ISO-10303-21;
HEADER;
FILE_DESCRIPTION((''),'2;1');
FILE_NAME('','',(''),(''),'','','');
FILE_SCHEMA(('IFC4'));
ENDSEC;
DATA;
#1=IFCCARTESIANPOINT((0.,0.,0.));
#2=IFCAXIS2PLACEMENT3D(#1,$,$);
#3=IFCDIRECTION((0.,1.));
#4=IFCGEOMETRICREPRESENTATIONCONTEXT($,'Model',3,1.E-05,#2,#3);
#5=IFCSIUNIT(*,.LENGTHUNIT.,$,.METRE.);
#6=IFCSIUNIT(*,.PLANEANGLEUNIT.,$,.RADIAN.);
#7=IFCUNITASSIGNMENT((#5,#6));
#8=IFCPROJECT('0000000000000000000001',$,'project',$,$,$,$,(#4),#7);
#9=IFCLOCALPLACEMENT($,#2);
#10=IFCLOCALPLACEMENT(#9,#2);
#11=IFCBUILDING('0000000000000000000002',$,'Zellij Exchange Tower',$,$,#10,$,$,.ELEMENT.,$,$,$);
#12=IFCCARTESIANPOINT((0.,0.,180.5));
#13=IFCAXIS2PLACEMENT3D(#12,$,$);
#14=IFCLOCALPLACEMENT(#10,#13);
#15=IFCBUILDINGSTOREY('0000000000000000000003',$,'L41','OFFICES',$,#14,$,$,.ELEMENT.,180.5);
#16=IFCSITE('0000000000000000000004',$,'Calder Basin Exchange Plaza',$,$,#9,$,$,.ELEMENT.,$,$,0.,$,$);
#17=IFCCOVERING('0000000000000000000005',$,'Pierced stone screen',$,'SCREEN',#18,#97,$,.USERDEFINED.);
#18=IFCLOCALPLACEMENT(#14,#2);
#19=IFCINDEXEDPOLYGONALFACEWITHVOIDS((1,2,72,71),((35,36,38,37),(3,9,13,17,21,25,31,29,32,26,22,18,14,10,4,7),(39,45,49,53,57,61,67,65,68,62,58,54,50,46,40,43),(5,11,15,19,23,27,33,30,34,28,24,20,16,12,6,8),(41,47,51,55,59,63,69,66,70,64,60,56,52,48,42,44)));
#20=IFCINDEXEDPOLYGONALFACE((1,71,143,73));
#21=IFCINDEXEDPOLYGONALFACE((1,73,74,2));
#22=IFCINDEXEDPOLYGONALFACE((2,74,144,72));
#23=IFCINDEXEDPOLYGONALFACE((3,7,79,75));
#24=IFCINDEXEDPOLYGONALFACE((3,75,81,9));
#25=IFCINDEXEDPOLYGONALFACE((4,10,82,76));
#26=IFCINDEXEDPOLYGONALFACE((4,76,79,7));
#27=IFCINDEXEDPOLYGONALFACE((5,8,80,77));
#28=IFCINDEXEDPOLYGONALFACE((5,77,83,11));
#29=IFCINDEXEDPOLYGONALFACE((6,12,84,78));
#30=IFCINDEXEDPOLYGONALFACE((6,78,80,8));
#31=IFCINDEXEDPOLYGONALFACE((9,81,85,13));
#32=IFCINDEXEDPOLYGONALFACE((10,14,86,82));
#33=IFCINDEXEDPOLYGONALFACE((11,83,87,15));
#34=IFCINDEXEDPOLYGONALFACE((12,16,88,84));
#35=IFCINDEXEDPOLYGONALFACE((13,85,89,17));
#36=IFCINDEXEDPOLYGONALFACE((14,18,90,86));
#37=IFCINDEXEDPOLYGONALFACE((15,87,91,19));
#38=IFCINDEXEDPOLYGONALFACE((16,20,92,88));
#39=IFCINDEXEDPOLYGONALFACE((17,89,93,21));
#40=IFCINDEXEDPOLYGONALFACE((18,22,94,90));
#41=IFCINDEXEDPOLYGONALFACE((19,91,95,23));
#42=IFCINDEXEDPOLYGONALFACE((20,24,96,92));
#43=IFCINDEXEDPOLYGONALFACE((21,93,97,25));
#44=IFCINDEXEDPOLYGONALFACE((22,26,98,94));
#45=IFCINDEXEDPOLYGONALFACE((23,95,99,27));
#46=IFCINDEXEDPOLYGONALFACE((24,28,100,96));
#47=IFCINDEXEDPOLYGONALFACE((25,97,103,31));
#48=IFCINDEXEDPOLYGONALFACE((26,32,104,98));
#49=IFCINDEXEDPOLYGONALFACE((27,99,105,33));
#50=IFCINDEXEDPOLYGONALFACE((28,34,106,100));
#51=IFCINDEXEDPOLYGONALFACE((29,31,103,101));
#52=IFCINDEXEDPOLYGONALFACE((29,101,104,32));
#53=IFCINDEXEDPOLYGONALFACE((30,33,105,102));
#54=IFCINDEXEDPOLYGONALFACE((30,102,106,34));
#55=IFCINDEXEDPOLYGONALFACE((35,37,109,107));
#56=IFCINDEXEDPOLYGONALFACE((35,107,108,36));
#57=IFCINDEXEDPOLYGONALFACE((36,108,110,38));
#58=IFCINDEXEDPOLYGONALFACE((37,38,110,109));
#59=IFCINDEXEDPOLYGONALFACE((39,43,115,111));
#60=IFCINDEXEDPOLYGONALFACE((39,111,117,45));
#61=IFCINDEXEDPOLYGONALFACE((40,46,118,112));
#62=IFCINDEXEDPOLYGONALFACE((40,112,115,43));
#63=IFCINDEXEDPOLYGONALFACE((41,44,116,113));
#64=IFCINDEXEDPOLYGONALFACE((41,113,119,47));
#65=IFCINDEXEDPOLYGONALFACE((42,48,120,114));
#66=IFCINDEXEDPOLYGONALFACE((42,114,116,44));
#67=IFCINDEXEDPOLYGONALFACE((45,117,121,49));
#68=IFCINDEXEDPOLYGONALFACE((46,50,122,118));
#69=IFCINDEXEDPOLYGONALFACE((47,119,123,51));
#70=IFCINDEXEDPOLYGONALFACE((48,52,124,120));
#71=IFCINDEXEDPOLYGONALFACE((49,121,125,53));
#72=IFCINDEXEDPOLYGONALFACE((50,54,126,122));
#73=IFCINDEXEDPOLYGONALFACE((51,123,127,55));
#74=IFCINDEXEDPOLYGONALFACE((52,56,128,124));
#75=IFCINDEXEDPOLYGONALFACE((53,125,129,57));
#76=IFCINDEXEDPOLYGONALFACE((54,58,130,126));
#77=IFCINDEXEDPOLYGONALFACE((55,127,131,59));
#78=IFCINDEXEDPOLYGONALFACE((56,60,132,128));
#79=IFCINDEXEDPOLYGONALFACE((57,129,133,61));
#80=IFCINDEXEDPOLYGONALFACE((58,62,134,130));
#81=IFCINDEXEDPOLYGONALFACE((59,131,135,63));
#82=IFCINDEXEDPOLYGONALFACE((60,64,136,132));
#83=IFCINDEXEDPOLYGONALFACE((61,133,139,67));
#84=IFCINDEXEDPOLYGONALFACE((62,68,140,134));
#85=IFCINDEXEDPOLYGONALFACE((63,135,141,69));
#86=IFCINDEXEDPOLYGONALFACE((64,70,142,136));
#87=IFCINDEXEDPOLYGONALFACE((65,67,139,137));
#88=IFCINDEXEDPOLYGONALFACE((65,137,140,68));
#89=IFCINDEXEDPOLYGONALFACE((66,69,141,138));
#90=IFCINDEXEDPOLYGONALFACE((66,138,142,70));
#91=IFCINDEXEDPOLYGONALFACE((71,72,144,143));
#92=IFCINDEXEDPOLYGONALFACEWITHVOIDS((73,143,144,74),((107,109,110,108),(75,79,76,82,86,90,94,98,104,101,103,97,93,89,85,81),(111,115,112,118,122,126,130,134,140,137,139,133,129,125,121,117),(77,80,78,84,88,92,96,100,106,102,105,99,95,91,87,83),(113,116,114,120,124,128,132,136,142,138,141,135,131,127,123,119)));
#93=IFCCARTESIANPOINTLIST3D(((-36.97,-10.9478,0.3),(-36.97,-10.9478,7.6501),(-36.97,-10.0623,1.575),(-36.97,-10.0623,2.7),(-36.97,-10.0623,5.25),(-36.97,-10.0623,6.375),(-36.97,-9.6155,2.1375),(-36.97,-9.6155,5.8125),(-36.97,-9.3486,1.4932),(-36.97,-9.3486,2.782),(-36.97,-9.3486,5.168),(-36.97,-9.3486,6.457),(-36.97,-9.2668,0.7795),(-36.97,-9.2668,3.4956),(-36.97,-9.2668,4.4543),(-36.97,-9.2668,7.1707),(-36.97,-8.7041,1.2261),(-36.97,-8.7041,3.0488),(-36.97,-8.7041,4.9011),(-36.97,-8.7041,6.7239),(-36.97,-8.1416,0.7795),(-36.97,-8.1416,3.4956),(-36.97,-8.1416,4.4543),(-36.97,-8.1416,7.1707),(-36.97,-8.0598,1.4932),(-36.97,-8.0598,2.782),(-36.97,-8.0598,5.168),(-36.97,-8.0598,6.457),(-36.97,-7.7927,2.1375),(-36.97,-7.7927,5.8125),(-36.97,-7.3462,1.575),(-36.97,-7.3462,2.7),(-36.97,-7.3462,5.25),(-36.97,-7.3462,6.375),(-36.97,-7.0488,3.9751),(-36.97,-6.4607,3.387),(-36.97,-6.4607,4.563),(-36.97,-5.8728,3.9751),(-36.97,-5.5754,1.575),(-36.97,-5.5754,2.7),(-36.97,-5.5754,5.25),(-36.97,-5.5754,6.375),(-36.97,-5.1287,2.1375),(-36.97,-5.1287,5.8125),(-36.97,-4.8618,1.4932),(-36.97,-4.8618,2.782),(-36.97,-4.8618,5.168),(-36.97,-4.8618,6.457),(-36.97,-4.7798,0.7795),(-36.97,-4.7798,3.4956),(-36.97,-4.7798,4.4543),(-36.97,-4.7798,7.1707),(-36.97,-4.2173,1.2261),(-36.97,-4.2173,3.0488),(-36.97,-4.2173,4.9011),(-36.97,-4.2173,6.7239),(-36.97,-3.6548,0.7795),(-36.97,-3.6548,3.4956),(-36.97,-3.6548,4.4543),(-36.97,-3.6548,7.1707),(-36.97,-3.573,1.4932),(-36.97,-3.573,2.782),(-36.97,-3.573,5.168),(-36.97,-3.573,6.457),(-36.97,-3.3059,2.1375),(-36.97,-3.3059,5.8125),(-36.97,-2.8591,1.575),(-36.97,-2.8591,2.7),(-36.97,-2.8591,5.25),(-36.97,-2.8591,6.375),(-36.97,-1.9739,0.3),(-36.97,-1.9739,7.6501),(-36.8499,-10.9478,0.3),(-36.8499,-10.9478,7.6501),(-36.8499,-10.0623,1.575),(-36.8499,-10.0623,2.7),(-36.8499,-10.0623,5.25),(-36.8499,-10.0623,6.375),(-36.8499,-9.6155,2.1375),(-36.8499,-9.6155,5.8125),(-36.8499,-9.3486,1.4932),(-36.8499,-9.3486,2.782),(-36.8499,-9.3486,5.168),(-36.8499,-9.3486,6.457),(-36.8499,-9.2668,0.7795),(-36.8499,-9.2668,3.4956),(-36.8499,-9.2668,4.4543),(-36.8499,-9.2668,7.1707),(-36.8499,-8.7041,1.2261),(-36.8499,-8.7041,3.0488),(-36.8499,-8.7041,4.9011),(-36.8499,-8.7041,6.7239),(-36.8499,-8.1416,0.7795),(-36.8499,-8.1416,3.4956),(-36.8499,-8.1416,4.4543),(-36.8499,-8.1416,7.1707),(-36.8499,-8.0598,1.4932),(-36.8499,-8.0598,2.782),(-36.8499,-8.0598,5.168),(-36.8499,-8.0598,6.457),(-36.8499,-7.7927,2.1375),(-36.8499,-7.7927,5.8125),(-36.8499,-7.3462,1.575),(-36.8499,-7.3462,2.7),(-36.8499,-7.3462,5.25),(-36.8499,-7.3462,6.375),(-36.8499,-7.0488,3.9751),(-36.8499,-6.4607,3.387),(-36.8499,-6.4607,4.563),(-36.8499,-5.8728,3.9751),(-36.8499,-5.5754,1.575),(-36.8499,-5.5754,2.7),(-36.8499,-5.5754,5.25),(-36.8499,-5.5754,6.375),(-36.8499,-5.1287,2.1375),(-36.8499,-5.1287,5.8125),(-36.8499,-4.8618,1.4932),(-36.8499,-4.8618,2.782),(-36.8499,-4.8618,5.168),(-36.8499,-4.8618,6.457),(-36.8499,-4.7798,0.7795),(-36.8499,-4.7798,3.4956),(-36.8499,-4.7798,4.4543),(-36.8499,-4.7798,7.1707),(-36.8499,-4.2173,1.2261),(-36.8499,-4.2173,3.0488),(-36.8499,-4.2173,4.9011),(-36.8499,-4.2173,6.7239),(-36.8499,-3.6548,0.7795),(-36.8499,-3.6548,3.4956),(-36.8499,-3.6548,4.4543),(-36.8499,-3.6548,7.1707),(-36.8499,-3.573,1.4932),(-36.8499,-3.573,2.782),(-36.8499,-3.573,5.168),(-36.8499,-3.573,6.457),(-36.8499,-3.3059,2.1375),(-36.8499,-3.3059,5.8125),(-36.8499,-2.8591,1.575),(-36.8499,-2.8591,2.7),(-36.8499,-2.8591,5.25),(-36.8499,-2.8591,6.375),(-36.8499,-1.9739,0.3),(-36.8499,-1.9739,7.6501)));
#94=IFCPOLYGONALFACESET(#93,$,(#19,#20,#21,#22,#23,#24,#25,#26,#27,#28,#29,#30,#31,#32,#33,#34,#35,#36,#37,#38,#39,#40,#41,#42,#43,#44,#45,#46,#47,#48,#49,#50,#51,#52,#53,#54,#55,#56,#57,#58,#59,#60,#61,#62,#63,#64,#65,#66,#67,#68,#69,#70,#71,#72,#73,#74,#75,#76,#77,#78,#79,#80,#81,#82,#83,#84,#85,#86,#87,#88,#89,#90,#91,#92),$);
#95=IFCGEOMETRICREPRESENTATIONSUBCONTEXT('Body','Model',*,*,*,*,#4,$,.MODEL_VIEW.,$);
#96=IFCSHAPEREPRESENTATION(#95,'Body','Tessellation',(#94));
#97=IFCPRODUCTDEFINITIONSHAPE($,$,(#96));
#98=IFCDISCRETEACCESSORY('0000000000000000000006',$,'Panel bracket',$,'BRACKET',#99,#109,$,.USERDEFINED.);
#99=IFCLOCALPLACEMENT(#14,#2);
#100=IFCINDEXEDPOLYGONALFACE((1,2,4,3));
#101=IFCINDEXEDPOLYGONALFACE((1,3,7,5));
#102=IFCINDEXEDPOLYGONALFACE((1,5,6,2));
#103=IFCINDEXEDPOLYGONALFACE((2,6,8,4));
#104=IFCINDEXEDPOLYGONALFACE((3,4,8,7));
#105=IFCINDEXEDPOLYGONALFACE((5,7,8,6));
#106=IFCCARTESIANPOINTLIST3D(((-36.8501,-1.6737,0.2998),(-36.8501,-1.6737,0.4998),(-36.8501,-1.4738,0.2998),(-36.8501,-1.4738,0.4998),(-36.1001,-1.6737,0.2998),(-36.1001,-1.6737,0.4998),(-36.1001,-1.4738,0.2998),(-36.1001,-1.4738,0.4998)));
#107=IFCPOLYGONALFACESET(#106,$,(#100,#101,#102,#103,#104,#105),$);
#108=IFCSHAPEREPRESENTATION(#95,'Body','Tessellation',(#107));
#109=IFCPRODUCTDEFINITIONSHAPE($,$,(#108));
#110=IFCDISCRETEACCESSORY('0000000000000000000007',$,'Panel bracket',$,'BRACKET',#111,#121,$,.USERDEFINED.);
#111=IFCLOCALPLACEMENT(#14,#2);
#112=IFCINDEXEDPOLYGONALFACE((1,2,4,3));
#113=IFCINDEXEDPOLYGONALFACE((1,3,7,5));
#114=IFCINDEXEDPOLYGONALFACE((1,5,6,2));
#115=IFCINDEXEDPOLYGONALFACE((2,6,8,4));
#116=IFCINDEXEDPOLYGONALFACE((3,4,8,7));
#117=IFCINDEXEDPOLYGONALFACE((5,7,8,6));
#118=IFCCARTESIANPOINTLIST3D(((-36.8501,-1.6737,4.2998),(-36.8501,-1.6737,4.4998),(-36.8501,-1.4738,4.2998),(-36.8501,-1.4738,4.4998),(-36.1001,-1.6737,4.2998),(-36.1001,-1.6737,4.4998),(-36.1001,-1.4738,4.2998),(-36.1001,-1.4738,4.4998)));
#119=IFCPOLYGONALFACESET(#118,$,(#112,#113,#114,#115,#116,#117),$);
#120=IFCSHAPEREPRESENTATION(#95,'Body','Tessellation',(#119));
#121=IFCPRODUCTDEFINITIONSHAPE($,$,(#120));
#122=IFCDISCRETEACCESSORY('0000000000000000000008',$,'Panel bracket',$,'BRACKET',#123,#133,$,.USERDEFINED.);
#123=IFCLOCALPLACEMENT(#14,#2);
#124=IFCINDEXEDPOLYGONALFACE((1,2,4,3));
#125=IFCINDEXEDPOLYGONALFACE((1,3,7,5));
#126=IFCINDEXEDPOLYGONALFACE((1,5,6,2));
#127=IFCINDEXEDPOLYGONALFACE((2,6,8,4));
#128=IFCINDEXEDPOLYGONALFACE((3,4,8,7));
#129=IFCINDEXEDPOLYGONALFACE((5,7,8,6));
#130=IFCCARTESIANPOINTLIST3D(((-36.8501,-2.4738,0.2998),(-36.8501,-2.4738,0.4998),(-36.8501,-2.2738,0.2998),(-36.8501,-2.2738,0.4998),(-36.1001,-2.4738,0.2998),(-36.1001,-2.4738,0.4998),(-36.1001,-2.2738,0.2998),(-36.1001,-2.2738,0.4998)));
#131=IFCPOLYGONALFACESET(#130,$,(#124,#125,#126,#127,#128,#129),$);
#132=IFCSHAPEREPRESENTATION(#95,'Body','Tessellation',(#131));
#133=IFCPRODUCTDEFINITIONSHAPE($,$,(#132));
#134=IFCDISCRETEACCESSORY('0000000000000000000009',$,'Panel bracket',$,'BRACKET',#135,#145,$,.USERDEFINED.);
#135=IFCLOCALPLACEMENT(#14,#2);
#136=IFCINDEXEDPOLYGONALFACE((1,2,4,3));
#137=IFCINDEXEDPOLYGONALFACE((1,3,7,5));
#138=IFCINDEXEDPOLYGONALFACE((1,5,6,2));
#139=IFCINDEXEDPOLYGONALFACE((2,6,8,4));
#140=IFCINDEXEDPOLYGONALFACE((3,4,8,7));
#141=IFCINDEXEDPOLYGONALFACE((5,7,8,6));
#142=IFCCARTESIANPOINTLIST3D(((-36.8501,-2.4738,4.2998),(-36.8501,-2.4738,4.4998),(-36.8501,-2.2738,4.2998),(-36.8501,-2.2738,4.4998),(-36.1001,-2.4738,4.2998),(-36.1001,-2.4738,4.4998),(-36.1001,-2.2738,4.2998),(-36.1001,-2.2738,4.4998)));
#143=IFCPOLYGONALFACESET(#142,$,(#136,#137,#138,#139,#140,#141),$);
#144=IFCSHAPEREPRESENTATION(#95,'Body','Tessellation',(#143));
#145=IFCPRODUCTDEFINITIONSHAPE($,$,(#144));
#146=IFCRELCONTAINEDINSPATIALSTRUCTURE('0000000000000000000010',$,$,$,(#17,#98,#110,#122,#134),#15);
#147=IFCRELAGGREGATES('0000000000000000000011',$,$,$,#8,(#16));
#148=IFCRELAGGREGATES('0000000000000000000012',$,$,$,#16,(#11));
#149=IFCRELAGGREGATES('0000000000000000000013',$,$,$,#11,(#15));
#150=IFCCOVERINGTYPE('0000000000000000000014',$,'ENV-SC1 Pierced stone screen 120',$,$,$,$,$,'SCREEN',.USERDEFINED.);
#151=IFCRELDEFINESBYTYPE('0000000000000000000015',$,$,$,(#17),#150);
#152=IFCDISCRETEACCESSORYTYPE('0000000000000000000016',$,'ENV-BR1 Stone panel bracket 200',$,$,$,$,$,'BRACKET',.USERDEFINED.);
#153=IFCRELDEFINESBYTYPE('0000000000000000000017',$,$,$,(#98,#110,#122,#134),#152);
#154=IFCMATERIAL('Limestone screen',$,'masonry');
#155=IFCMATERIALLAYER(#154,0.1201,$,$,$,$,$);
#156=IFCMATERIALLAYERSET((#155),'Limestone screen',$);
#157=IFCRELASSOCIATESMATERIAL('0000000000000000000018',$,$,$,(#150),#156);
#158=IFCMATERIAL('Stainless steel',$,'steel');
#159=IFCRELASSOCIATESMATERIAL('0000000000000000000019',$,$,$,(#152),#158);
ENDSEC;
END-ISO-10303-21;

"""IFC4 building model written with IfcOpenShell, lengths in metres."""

from ifc_helpers import new_model, si_unit, direction, frame, origin, origin_2d, place, context, subcontext, project, spatial, polyline, rectangle, outline, extrude, material, layer, layer_set, type_object, element, save


model = new_model("IFC4")

# Units and contexts
model_context = context("Model", 3, precision=1e-05, world=origin(), true_north=direction((0.0, 1.0)))
body_context = subcontext(model_context, "Body", "Model", "MODEL_VIEW")
ifc_project = project(units=[si_unit("LENGTHUNIT", "METRE"), si_unit("PLANEANGLEUNIT", "RADIAN")], contexts=[model_context])

# Site, building, storey
site_placement = place(None, origin())
site = spatial("IfcSite", under=ifc_project, at=site_placement, Name="Calder Basin Exchange Plaza", CompositionType="ELEMENT", RefElevation=0.0)
building_placement = place(site_placement, origin())
building = spatial("IfcBuilding", under=site, at=building_placement, Name="Zellij Exchange Tower", CompositionType="ELEMENT")
storey_placement = place(building_placement, frame((0.0, 0.0, 180.5)))
storey = spatial("IfcBuildingStorey", under=building, at=storey_placement, Name="L41", Description="OFFICES", CompositionType="ELEMENT", Elevation=180.5)

# Covering
ifc_material_1 = material(Name="Limestone screen", Category="masonry")
ifc_layer_1 = layer(ifc_material_1, 0.1201)
ifc_layer_set_1 = layer_set([ifc_layer_1], Name="Limestone screen")
covering_type = type_object("IfcCoveringType", Name="ENV-SC1 Pierced stone screen 120", ElementType="SCREEN", PredefinedType="USERDEFINED", material=ifc_layer_set_1)
covering_placement = place(storey_placement, frame((-36.9099, -1.9739, 0.3), z_axis=(0.0, 0.0, 1.0), x_axis=(0.0, -1.0, 0.0)))
element("IfcCovering", 1, at=covering_placement, inside=storey, type_object=covering_type, Name="Pierced stone screen", ObjectType="SCREEN", PredefinedType="USERDEFINED", context=body_context, shape_type="SweptSolid", body=[
    extrude(outline(polyline([(0.0, 0.0), (8.9739, 0.0), (8.9739, 7.3501), (0.0, 7.3501), (0.0, 0.0)]), holes=[polyline([(3.6016, 2.3999), (2.8879, 2.4819), (2.8059, 3.1956), (2.2434, 2.7488), (1.6809, 3.1956), (1.5991, 2.4819), (0.8853, 2.3999), (1.332, 1.8374), (0.8853, 1.2749), (1.5991, 1.1931), (1.6809, 0.4795), (2.2434, 0.926), (2.8059, 0.4795), (2.8879, 1.1931), (3.6016, 1.2749), (3.1548, 1.8374), (3.6016, 2.3999)]), polyline([(3.6016, 6.075), (2.8879, 6.157), (2.8059, 6.8706), (2.2434, 6.4238), (1.6809, 6.8706), (1.5991, 6.157), (0.8853, 6.075), (1.332, 5.5125), (0.8853, 4.95), (1.5991, 4.8679), (1.6809, 4.1543), (2.2434, 4.6011), (2.8059, 4.1543), (2.8879, 4.8679), (3.6016, 4.95), (3.1548, 5.5125), (3.6016, 6.075)]), polyline([(8.0884, 2.3999), (7.3748, 2.4819), (7.293, 3.1956), (6.7302, 2.7488), (6.1677, 3.1956), (6.0859, 2.4819), (5.3723, 2.3999), (5.8188, 1.8374), (5.3723, 1.2749), (6.0859, 1.1931), (6.1677, 0.4795), (6.7302, 0.926), (7.293, 0.4795), (7.3748, 1.1931), (8.0884, 1.2749), (7.6416, 1.8374), (8.0884, 2.3999)]), polyline([(8.0884, 6.075), (7.3748, 6.157), (7.293, 6.8706), (6.7302, 6.4238), (6.1677, 6.8706), (6.0859, 6.157), (5.3723, 6.075), (5.8188, 5.5125), (5.3723, 4.95), (6.0859, 4.8679), (6.1677, 4.1543), (6.7302, 4.6011), (7.293, 4.1543), (7.3748, 4.8679), (8.0884, 4.95), (7.6416, 5.5125), (8.0884, 6.075)]), polyline([(5.075, 3.675), (4.4868, 4.2629), (3.8989, 3.675), (4.4868, 3.0869), (5.075, 3.675)])]), frame((0.0, 0.0601, 0.0), z_axis=(0.0, -1.0, 0.0), x_axis=(1.0, 0.0, 0.0)), (0.0, 0.0, 1.0), 0.1201),
])

# Discrete accessories
ifc_material_2 = material(Name="Stainless steel", Category="steel")
discrete_accessory_type = type_object("IfcDiscreteAccessoryType", Name="ENV-BR1 Stone panel bracket 200", ElementType="BRACKET", PredefinedType="USERDEFINED", material=ifc_material_2)
for number, where, z_axis, x_axis, name in (
    (2, (-36.4751, -1.5737, 0.2998), (0.0, 0.0, 1.0), (0.0, -1.0, 0.0), "Panel bracket"),
    (3, (-36.4751, -1.5737, 4.2998), (0.0, 0.0, 1.0), (0.0, -1.0, 0.0), "Panel bracket"),
    (4, (-36.4751, -2.3738, 0.2998), (0.0, 0.0, 1.0), (0.0, -1.0, 0.0), "Panel bracket"),
    (5, (-36.4751, -2.3738, 4.2998), (0.0, 0.0, 1.0), (0.0, -1.0, 0.0), "Panel bracket"),
):
    element("IfcDiscreteAccessory", number, at=place(storey_placement, frame(where, z_axis=z_axis, x_axis=x_axis)), inside=storey, type_object=discrete_accessory_type, Name=name, ObjectType="BRACKET", PredefinedType="USERDEFINED", context=body_context, shape_type="SweptSolid", body=[
        extrude(rectangle(XDim=0.2, YDim=0.75, at=origin_2d()), origin(), (0.0, 0.0, 1.0), 0.2),
    ])

save(model, "model.ifc")
